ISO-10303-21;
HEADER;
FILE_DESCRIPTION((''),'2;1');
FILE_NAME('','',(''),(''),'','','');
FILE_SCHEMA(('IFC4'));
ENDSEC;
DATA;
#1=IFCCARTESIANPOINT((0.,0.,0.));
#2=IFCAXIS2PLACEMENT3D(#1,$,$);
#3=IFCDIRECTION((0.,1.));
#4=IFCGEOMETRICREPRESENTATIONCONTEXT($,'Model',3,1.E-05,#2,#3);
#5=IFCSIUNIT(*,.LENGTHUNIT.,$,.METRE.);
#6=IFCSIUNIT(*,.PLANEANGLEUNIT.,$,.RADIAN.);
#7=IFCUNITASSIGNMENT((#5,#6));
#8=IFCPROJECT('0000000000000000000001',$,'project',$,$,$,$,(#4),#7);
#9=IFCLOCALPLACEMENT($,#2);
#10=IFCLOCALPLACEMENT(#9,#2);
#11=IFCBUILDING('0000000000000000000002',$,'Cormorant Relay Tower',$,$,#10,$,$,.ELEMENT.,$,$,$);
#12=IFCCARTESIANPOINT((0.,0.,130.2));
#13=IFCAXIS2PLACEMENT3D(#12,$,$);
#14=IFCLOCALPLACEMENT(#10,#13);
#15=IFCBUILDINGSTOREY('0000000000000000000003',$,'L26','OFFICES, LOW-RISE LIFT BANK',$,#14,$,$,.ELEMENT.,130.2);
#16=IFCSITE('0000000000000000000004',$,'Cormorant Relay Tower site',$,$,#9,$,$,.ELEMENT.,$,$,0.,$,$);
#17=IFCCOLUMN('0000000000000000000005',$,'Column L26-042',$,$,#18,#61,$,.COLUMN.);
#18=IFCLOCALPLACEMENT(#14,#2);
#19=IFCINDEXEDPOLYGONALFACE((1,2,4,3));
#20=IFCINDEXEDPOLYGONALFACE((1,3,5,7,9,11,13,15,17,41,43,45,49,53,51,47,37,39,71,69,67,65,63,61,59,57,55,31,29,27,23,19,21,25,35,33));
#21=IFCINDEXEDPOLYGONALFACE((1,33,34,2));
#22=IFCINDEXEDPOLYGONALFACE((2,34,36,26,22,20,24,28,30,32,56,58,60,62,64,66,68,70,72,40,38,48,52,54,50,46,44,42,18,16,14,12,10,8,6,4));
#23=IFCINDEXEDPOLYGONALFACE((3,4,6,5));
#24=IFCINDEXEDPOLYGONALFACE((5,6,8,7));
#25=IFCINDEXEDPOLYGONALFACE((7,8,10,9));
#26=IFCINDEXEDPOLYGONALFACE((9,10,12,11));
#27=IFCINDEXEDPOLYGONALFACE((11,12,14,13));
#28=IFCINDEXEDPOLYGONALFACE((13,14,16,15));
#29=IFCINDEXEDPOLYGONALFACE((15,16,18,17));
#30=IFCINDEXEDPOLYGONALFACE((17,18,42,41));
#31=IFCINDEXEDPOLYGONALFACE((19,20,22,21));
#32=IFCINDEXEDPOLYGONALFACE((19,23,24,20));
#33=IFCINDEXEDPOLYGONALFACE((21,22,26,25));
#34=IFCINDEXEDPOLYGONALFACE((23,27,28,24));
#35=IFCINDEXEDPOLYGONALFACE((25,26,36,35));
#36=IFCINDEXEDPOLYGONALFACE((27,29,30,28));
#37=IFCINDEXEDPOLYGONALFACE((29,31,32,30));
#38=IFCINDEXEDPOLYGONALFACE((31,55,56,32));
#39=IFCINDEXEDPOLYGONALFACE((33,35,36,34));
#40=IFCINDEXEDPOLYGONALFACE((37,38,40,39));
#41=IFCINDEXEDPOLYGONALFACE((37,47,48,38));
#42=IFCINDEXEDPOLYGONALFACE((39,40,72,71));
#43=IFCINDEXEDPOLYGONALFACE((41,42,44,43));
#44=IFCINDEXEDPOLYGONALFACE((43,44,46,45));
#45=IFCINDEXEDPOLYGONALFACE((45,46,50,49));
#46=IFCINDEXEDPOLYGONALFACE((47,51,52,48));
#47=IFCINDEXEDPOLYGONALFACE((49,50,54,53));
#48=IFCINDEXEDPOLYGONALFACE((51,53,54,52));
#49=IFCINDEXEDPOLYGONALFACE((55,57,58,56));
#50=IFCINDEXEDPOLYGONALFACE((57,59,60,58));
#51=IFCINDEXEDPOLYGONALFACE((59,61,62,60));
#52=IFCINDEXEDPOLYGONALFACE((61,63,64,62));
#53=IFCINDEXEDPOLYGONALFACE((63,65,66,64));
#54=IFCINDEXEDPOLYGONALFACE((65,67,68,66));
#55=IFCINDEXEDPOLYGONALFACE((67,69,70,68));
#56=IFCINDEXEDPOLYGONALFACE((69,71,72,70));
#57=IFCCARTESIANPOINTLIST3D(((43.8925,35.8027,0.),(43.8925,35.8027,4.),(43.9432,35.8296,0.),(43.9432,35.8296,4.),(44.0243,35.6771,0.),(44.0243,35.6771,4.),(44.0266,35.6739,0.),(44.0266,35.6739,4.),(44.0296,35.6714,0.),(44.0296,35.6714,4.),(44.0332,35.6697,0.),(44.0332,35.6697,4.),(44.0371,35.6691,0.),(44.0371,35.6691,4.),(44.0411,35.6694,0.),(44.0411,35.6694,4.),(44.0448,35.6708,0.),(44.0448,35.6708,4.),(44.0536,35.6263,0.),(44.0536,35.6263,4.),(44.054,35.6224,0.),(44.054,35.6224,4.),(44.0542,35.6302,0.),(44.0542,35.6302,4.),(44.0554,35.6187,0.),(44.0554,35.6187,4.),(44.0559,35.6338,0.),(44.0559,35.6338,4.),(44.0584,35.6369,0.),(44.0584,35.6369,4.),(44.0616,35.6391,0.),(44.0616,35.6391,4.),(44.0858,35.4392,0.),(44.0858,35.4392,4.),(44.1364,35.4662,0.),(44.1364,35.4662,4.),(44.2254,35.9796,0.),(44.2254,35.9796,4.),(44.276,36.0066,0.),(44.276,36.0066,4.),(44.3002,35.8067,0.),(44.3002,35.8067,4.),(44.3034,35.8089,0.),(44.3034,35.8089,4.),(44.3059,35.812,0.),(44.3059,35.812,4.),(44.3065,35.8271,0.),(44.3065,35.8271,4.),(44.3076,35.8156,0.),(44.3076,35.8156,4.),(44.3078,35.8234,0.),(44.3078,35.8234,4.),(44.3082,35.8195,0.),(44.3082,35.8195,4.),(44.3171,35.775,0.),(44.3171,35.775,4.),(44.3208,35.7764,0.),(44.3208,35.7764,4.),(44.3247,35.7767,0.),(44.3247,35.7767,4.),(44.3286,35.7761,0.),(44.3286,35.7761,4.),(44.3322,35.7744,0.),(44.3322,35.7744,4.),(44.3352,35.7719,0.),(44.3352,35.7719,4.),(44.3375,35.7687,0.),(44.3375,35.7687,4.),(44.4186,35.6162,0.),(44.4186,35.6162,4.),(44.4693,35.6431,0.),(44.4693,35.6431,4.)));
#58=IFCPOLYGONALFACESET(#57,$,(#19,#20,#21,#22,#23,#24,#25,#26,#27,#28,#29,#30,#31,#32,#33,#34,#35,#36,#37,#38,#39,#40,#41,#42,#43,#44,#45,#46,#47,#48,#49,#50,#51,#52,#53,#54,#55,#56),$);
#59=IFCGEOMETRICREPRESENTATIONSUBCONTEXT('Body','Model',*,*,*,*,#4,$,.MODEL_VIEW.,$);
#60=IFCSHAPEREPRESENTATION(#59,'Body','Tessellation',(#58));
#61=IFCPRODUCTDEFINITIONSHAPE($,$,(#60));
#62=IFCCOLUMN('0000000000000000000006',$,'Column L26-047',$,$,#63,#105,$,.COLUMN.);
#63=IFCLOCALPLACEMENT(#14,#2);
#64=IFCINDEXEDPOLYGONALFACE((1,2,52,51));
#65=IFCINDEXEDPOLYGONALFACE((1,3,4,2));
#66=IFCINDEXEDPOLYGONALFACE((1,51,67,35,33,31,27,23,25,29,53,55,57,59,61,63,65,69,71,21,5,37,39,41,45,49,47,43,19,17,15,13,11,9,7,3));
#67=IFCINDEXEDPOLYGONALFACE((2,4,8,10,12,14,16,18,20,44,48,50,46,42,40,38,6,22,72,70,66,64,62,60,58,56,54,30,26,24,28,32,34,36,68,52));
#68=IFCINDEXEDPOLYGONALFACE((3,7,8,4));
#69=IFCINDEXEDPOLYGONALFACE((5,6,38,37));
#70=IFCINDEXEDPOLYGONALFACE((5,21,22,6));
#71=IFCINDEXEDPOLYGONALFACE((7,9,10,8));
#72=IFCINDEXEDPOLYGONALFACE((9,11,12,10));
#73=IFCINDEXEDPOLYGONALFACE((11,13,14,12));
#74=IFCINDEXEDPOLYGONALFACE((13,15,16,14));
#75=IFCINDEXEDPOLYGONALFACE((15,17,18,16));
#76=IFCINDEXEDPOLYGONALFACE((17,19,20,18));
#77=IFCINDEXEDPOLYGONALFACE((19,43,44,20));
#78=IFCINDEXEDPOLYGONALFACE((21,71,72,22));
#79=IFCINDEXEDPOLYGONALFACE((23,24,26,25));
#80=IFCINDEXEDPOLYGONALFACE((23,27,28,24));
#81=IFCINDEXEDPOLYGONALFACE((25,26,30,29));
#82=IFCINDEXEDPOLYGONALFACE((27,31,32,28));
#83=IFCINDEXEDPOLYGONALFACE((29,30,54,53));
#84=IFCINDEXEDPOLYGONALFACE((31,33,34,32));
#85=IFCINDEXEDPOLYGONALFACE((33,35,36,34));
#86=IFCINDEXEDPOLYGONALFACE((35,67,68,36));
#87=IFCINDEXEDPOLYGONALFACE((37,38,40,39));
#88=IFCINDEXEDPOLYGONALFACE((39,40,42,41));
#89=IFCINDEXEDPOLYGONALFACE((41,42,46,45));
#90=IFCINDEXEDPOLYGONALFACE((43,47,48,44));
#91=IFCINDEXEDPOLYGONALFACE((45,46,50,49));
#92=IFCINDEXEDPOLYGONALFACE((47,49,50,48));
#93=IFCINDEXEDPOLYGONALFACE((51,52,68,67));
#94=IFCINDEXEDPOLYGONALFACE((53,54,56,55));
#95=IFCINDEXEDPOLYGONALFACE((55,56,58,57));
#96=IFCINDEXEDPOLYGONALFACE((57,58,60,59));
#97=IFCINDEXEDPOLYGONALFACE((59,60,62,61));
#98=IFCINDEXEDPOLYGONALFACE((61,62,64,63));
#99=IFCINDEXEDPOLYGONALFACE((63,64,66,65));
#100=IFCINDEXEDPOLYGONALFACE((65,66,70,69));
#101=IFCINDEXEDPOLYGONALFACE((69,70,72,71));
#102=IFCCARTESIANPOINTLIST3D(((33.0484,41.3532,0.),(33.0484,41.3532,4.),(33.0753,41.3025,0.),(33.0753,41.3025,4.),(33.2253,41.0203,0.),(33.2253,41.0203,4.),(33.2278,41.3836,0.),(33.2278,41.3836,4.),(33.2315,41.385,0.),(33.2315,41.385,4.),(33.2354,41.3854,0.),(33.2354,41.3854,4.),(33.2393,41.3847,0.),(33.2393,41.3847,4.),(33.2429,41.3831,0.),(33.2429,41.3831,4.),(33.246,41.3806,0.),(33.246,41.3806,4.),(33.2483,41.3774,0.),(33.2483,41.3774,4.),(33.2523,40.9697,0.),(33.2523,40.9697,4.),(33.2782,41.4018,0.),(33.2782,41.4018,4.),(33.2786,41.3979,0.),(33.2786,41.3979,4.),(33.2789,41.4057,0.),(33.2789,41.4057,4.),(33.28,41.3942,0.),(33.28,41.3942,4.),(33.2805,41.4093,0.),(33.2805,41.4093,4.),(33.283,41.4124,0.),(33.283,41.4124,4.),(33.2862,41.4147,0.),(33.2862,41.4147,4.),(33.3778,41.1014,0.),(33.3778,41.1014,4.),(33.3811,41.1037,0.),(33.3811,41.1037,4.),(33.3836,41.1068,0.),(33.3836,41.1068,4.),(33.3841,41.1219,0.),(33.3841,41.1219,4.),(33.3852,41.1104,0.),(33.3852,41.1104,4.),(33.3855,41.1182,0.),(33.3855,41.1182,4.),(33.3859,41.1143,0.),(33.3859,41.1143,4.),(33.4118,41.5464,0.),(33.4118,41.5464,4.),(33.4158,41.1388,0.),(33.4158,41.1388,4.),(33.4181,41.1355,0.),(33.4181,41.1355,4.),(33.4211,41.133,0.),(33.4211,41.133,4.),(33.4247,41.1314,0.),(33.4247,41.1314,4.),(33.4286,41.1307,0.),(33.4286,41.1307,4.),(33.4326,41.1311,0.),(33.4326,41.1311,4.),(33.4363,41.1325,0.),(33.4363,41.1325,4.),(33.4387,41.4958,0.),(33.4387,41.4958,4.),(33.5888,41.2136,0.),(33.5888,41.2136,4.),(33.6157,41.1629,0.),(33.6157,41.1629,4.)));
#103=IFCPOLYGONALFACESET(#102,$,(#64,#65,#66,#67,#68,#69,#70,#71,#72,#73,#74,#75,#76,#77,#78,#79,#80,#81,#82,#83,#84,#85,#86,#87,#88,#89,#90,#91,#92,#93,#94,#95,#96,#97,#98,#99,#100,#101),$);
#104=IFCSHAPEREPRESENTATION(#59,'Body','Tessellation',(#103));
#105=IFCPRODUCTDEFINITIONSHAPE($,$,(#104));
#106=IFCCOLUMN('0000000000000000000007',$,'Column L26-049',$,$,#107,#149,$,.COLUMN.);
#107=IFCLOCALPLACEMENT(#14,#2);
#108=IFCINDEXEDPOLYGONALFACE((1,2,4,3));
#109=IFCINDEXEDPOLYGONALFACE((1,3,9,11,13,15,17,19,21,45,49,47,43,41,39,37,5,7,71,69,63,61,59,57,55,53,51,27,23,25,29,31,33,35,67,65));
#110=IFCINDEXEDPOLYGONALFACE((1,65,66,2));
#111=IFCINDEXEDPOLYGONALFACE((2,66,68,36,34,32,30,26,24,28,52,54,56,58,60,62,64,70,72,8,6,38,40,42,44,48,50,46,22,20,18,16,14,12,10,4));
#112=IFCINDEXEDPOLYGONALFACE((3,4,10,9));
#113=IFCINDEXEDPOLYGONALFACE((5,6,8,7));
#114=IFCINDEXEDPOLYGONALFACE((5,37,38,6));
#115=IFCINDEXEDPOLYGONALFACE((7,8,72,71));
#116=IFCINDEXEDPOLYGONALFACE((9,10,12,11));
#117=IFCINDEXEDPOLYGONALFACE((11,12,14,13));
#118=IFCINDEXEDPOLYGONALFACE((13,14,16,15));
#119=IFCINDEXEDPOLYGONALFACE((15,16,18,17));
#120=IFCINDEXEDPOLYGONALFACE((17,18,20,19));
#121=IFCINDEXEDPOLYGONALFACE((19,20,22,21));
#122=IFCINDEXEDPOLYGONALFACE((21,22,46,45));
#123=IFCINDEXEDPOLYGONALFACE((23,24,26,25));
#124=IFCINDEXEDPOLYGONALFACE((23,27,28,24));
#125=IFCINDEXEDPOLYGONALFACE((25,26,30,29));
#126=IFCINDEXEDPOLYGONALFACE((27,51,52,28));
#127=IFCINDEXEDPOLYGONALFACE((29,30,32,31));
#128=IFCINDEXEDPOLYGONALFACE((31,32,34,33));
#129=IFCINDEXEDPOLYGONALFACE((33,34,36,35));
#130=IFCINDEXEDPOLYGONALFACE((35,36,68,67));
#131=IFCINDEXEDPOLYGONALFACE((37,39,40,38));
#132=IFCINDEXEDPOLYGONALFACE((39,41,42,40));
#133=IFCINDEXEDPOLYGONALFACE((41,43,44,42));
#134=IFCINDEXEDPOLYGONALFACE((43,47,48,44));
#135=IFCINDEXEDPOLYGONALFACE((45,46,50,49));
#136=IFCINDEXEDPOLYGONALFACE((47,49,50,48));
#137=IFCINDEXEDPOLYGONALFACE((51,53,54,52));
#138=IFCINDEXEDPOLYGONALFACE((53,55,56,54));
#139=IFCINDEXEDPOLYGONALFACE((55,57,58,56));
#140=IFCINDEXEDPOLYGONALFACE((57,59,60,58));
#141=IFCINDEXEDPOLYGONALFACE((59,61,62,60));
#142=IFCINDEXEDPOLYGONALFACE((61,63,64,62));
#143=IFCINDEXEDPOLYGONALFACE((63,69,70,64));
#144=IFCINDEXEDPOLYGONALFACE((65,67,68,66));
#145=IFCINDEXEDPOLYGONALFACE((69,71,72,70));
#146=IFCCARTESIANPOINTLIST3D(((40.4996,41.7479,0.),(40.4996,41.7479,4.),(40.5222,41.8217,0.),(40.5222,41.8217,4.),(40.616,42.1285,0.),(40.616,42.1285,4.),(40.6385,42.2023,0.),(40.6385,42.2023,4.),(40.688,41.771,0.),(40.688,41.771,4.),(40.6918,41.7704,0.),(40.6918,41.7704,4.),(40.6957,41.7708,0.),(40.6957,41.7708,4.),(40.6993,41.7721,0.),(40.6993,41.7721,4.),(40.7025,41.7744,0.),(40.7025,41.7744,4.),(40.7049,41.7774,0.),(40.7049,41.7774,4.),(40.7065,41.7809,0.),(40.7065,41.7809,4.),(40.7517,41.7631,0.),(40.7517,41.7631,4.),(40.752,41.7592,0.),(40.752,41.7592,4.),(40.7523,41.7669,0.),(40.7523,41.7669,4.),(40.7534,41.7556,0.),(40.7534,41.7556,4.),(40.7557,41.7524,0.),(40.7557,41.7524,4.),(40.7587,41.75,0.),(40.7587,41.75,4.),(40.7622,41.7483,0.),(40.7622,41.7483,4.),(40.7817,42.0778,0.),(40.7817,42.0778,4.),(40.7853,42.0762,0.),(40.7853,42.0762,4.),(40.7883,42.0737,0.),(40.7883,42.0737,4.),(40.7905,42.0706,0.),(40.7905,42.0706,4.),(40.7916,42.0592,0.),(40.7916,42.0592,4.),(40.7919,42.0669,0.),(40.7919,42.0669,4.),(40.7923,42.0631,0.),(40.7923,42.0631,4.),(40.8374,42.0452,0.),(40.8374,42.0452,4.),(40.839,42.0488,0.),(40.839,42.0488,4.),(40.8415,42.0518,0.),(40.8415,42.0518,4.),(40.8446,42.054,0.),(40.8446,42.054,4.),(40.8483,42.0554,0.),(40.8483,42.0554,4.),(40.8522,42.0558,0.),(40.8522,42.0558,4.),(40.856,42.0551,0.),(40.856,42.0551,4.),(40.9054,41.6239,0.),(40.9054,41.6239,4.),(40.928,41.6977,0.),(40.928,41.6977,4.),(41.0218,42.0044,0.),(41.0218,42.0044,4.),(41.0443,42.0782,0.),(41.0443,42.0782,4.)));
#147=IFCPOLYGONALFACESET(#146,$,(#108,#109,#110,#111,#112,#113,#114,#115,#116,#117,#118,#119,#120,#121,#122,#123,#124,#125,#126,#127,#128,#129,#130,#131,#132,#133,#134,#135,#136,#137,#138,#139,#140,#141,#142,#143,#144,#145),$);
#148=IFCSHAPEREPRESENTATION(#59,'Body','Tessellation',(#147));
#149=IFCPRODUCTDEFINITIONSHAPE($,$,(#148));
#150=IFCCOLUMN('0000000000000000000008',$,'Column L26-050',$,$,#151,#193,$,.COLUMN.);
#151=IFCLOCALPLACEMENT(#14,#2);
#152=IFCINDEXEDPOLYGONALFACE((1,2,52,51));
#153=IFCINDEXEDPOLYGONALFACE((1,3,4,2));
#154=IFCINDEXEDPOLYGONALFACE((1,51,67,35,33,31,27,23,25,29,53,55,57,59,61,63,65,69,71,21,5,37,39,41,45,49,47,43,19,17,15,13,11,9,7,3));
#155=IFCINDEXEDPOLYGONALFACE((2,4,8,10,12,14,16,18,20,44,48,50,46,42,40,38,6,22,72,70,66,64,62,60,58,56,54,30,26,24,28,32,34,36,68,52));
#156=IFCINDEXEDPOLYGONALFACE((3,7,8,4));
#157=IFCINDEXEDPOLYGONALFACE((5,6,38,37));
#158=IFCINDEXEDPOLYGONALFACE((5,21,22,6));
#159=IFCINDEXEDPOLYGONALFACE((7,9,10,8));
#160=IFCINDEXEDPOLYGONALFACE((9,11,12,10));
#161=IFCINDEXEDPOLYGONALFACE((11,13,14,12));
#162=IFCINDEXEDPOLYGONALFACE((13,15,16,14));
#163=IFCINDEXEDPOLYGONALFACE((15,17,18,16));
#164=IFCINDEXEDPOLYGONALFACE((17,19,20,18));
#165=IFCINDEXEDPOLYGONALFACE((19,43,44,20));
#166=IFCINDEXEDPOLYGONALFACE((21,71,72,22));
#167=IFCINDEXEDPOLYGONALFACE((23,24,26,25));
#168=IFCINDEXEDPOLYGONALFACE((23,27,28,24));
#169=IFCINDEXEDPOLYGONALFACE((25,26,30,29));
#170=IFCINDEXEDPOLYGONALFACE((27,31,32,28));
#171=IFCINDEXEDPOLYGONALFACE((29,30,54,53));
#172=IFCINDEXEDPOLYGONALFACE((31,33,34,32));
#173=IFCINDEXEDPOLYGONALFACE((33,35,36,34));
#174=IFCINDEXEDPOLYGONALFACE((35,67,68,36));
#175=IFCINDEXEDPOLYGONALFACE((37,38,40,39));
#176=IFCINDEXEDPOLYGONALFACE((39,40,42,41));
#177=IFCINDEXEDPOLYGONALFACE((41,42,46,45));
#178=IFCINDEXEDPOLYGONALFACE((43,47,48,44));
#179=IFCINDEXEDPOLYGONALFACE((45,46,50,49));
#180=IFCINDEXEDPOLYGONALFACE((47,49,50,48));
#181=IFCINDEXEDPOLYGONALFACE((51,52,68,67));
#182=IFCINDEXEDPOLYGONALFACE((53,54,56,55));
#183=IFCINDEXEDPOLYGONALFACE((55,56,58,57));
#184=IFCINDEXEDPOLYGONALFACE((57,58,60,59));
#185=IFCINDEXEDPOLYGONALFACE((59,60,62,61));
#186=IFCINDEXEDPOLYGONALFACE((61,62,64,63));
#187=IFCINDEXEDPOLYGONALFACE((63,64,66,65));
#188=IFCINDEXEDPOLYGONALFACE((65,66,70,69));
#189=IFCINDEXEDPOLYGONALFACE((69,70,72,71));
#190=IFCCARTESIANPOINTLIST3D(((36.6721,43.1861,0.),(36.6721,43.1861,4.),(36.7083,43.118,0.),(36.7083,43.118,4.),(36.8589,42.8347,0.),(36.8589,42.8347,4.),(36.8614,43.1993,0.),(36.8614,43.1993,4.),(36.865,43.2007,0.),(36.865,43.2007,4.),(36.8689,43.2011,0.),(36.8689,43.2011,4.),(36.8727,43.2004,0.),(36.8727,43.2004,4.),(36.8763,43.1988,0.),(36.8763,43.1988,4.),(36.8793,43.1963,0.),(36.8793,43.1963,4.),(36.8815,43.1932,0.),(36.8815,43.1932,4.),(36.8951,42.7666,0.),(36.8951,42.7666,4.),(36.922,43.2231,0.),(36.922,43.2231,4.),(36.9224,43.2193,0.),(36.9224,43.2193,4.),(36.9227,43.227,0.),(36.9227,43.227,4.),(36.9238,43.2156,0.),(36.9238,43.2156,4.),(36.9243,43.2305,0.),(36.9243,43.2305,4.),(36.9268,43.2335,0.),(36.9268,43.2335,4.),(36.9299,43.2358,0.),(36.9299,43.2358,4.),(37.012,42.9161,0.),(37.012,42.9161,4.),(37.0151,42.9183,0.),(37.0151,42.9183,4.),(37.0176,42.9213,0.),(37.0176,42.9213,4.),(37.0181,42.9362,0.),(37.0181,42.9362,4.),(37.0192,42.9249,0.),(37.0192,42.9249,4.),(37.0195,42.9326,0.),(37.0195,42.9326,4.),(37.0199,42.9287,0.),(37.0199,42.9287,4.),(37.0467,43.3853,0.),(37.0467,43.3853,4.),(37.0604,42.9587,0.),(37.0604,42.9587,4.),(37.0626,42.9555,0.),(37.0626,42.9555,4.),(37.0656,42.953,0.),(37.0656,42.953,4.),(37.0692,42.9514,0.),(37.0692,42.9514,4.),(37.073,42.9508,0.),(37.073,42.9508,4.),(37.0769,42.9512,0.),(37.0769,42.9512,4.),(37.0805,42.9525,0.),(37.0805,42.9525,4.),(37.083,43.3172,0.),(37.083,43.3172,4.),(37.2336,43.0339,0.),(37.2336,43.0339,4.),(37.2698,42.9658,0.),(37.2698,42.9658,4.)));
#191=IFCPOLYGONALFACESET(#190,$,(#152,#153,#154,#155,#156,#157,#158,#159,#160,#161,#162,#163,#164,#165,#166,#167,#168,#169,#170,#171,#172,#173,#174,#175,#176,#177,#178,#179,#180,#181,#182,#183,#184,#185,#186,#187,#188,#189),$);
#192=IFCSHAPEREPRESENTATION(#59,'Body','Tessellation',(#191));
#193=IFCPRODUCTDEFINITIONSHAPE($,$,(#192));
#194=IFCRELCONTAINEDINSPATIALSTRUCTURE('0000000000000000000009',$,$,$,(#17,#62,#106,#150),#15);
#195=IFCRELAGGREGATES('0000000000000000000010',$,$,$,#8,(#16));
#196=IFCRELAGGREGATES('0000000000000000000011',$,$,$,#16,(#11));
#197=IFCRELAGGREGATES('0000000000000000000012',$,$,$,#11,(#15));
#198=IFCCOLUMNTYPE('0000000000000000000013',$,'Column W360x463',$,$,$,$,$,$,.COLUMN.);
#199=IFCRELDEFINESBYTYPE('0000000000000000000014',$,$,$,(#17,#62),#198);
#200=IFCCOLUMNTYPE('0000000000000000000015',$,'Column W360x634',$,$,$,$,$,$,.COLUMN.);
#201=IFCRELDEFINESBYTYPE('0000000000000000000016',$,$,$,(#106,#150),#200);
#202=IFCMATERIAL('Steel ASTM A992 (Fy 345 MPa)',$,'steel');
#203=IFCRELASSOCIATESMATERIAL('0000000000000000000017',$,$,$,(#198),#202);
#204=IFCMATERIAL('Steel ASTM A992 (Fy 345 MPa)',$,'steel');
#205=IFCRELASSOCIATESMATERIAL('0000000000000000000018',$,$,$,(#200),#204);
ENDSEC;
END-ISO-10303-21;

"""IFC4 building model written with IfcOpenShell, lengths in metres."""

from ifc_helpers import new_model, si_unit, direction, frame, origin, origin_2d, place, context, subcontext, project, spatial, i_section, extrude, material, material_profile, profile_set, type_object, element, save


model = new_model("IFC4")

# Units and contexts
model_context = context("Model", 3, precision=1e-05, world=origin(), true_north=direction((0.0, 1.0)))
body_context = subcontext(model_context, "Body", "Model", "MODEL_VIEW")
ifc_project = project(units=[si_unit("LENGTHUNIT", "METRE"), si_unit("PLANEANGLEUNIT", "RADIAN")], contexts=[model_context])

# Site, building, storey
site_placement = place(None, origin())
site = spatial("IfcSite", under=ifc_project, at=site_placement, Name="Cormorant Relay Tower site", CompositionType="ELEMENT", RefElevation=0.0)
building_placement = place(site_placement, origin())
building = spatial("IfcBuilding", under=site, at=building_placement, Name="Cormorant Relay Tower", CompositionType="ELEMENT")
storey_placement = place(building_placement, frame((0.0, 0.0, 130.2)))
storey = spatial("IfcBuildingStorey", under=building, at=storey_placement, Name="L26", Description="OFFICES, LOW-RISE LIFT BANK", CompositionType="ELEMENT", Elevation=130.2)

# Columns
ifc_material_1 = material(Name="Steel ASTM A992 (Fy 345 MPa)", Category="steel")
ifc_material_profile_1 = material_profile(ifc_material_1, i_section(OverallWidth=0.4116, OverallDepth=0.4343, WebThickness=0.0359, FlangeThickness=0.0574, FilletRadius=0.0151, at=origin_2d()), Name="W360x463")
ifc_profile_set_1 = profile_set([ifc_material_profile_1], Name="Steel ASTM A992 (Fy 345 MPa)")
column_type_1 = type_object("IfcColumnType", Name="Column W360x463", PredefinedType="COLUMN", material=ifc_profile_set_1)
for number, where, z_axis, x_axis, name in (
    (1, (44.1809, 35.7229, 0.0), (0.0, 0.0, 1.0), (-0.469472, 0.882948, 0.0), "Column L26-042"),
    (2, (33.332, 41.2581, 0.0), (0.0, 0.0, 1.0), (-0.882948, -0.469472, 0.0), "Column L26-047"),
):
    element("IfcColumn", number, at=place(storey_placement, frame(where, z_axis=z_axis, x_axis=x_axis)), inside=storey, type_object=column_type_1, Name=name, PredefinedType="COLUMN", context=body_context, shape_type="SweptSolid", body=[
        extrude(i_section(OverallWidth=0.4116, OverallDepth=0.4343, WebThickness=0.0359, FlangeThickness=0.0574, FilletRadius=0.0151, at=origin_2d()), origin(), (0.0, 0.0, 1.0), 4.0),
    ])
ifc_material_2 = material(Name="Steel ASTM A992 (Fy 345 MPa)", Category="steel")
ifc_material_profile_2 = material_profile(ifc_material_2, i_section(OverallWidth=0.4243, OverallDepth=0.4751, WebThickness=0.0479, FlangeThickness=0.0771, FilletRadius=0.0149, at=origin_2d()), Name="W360x634")
ifc_profile_set_2 = profile_set([ifc_material_profile_2], Name="Steel ASTM A992 (Fy 345 MPa)")
column_type_2 = type_object("IfcColumnType", Name="Column W360x634", PredefinedType="COLUMN", material=ifc_profile_set_2)
for number, where, z_axis, x_axis, name in (
    (3, (40.772, 41.9131, 0.0), (0.0, 0.0, 1.0), (-0.956305, 0.292372, 0.0), "Column L26-049"),
    (4, (36.9709, 43.0759, 0.0), (0.0, 0.0, 1.0), (-0.882948, -0.469472, 0.0), "Column L26-050"),
):
    element("IfcColumn", number, at=place(storey_placement, frame(where, z_axis=z_axis, x_axis=x_axis)), inside=storey, type_object=column_type_2, Name=name, PredefinedType="COLUMN", context=body_context, shape_type="SweptSolid", body=[
        extrude(i_section(OverallWidth=0.4243, OverallDepth=0.4751, WebThickness=0.0479, FlangeThickness=0.0771, FilletRadius=0.0149, at=origin_2d()), origin(), (0.0, 0.0, 1.0), 4.0),
    ])

save(model, "model.ifc")
